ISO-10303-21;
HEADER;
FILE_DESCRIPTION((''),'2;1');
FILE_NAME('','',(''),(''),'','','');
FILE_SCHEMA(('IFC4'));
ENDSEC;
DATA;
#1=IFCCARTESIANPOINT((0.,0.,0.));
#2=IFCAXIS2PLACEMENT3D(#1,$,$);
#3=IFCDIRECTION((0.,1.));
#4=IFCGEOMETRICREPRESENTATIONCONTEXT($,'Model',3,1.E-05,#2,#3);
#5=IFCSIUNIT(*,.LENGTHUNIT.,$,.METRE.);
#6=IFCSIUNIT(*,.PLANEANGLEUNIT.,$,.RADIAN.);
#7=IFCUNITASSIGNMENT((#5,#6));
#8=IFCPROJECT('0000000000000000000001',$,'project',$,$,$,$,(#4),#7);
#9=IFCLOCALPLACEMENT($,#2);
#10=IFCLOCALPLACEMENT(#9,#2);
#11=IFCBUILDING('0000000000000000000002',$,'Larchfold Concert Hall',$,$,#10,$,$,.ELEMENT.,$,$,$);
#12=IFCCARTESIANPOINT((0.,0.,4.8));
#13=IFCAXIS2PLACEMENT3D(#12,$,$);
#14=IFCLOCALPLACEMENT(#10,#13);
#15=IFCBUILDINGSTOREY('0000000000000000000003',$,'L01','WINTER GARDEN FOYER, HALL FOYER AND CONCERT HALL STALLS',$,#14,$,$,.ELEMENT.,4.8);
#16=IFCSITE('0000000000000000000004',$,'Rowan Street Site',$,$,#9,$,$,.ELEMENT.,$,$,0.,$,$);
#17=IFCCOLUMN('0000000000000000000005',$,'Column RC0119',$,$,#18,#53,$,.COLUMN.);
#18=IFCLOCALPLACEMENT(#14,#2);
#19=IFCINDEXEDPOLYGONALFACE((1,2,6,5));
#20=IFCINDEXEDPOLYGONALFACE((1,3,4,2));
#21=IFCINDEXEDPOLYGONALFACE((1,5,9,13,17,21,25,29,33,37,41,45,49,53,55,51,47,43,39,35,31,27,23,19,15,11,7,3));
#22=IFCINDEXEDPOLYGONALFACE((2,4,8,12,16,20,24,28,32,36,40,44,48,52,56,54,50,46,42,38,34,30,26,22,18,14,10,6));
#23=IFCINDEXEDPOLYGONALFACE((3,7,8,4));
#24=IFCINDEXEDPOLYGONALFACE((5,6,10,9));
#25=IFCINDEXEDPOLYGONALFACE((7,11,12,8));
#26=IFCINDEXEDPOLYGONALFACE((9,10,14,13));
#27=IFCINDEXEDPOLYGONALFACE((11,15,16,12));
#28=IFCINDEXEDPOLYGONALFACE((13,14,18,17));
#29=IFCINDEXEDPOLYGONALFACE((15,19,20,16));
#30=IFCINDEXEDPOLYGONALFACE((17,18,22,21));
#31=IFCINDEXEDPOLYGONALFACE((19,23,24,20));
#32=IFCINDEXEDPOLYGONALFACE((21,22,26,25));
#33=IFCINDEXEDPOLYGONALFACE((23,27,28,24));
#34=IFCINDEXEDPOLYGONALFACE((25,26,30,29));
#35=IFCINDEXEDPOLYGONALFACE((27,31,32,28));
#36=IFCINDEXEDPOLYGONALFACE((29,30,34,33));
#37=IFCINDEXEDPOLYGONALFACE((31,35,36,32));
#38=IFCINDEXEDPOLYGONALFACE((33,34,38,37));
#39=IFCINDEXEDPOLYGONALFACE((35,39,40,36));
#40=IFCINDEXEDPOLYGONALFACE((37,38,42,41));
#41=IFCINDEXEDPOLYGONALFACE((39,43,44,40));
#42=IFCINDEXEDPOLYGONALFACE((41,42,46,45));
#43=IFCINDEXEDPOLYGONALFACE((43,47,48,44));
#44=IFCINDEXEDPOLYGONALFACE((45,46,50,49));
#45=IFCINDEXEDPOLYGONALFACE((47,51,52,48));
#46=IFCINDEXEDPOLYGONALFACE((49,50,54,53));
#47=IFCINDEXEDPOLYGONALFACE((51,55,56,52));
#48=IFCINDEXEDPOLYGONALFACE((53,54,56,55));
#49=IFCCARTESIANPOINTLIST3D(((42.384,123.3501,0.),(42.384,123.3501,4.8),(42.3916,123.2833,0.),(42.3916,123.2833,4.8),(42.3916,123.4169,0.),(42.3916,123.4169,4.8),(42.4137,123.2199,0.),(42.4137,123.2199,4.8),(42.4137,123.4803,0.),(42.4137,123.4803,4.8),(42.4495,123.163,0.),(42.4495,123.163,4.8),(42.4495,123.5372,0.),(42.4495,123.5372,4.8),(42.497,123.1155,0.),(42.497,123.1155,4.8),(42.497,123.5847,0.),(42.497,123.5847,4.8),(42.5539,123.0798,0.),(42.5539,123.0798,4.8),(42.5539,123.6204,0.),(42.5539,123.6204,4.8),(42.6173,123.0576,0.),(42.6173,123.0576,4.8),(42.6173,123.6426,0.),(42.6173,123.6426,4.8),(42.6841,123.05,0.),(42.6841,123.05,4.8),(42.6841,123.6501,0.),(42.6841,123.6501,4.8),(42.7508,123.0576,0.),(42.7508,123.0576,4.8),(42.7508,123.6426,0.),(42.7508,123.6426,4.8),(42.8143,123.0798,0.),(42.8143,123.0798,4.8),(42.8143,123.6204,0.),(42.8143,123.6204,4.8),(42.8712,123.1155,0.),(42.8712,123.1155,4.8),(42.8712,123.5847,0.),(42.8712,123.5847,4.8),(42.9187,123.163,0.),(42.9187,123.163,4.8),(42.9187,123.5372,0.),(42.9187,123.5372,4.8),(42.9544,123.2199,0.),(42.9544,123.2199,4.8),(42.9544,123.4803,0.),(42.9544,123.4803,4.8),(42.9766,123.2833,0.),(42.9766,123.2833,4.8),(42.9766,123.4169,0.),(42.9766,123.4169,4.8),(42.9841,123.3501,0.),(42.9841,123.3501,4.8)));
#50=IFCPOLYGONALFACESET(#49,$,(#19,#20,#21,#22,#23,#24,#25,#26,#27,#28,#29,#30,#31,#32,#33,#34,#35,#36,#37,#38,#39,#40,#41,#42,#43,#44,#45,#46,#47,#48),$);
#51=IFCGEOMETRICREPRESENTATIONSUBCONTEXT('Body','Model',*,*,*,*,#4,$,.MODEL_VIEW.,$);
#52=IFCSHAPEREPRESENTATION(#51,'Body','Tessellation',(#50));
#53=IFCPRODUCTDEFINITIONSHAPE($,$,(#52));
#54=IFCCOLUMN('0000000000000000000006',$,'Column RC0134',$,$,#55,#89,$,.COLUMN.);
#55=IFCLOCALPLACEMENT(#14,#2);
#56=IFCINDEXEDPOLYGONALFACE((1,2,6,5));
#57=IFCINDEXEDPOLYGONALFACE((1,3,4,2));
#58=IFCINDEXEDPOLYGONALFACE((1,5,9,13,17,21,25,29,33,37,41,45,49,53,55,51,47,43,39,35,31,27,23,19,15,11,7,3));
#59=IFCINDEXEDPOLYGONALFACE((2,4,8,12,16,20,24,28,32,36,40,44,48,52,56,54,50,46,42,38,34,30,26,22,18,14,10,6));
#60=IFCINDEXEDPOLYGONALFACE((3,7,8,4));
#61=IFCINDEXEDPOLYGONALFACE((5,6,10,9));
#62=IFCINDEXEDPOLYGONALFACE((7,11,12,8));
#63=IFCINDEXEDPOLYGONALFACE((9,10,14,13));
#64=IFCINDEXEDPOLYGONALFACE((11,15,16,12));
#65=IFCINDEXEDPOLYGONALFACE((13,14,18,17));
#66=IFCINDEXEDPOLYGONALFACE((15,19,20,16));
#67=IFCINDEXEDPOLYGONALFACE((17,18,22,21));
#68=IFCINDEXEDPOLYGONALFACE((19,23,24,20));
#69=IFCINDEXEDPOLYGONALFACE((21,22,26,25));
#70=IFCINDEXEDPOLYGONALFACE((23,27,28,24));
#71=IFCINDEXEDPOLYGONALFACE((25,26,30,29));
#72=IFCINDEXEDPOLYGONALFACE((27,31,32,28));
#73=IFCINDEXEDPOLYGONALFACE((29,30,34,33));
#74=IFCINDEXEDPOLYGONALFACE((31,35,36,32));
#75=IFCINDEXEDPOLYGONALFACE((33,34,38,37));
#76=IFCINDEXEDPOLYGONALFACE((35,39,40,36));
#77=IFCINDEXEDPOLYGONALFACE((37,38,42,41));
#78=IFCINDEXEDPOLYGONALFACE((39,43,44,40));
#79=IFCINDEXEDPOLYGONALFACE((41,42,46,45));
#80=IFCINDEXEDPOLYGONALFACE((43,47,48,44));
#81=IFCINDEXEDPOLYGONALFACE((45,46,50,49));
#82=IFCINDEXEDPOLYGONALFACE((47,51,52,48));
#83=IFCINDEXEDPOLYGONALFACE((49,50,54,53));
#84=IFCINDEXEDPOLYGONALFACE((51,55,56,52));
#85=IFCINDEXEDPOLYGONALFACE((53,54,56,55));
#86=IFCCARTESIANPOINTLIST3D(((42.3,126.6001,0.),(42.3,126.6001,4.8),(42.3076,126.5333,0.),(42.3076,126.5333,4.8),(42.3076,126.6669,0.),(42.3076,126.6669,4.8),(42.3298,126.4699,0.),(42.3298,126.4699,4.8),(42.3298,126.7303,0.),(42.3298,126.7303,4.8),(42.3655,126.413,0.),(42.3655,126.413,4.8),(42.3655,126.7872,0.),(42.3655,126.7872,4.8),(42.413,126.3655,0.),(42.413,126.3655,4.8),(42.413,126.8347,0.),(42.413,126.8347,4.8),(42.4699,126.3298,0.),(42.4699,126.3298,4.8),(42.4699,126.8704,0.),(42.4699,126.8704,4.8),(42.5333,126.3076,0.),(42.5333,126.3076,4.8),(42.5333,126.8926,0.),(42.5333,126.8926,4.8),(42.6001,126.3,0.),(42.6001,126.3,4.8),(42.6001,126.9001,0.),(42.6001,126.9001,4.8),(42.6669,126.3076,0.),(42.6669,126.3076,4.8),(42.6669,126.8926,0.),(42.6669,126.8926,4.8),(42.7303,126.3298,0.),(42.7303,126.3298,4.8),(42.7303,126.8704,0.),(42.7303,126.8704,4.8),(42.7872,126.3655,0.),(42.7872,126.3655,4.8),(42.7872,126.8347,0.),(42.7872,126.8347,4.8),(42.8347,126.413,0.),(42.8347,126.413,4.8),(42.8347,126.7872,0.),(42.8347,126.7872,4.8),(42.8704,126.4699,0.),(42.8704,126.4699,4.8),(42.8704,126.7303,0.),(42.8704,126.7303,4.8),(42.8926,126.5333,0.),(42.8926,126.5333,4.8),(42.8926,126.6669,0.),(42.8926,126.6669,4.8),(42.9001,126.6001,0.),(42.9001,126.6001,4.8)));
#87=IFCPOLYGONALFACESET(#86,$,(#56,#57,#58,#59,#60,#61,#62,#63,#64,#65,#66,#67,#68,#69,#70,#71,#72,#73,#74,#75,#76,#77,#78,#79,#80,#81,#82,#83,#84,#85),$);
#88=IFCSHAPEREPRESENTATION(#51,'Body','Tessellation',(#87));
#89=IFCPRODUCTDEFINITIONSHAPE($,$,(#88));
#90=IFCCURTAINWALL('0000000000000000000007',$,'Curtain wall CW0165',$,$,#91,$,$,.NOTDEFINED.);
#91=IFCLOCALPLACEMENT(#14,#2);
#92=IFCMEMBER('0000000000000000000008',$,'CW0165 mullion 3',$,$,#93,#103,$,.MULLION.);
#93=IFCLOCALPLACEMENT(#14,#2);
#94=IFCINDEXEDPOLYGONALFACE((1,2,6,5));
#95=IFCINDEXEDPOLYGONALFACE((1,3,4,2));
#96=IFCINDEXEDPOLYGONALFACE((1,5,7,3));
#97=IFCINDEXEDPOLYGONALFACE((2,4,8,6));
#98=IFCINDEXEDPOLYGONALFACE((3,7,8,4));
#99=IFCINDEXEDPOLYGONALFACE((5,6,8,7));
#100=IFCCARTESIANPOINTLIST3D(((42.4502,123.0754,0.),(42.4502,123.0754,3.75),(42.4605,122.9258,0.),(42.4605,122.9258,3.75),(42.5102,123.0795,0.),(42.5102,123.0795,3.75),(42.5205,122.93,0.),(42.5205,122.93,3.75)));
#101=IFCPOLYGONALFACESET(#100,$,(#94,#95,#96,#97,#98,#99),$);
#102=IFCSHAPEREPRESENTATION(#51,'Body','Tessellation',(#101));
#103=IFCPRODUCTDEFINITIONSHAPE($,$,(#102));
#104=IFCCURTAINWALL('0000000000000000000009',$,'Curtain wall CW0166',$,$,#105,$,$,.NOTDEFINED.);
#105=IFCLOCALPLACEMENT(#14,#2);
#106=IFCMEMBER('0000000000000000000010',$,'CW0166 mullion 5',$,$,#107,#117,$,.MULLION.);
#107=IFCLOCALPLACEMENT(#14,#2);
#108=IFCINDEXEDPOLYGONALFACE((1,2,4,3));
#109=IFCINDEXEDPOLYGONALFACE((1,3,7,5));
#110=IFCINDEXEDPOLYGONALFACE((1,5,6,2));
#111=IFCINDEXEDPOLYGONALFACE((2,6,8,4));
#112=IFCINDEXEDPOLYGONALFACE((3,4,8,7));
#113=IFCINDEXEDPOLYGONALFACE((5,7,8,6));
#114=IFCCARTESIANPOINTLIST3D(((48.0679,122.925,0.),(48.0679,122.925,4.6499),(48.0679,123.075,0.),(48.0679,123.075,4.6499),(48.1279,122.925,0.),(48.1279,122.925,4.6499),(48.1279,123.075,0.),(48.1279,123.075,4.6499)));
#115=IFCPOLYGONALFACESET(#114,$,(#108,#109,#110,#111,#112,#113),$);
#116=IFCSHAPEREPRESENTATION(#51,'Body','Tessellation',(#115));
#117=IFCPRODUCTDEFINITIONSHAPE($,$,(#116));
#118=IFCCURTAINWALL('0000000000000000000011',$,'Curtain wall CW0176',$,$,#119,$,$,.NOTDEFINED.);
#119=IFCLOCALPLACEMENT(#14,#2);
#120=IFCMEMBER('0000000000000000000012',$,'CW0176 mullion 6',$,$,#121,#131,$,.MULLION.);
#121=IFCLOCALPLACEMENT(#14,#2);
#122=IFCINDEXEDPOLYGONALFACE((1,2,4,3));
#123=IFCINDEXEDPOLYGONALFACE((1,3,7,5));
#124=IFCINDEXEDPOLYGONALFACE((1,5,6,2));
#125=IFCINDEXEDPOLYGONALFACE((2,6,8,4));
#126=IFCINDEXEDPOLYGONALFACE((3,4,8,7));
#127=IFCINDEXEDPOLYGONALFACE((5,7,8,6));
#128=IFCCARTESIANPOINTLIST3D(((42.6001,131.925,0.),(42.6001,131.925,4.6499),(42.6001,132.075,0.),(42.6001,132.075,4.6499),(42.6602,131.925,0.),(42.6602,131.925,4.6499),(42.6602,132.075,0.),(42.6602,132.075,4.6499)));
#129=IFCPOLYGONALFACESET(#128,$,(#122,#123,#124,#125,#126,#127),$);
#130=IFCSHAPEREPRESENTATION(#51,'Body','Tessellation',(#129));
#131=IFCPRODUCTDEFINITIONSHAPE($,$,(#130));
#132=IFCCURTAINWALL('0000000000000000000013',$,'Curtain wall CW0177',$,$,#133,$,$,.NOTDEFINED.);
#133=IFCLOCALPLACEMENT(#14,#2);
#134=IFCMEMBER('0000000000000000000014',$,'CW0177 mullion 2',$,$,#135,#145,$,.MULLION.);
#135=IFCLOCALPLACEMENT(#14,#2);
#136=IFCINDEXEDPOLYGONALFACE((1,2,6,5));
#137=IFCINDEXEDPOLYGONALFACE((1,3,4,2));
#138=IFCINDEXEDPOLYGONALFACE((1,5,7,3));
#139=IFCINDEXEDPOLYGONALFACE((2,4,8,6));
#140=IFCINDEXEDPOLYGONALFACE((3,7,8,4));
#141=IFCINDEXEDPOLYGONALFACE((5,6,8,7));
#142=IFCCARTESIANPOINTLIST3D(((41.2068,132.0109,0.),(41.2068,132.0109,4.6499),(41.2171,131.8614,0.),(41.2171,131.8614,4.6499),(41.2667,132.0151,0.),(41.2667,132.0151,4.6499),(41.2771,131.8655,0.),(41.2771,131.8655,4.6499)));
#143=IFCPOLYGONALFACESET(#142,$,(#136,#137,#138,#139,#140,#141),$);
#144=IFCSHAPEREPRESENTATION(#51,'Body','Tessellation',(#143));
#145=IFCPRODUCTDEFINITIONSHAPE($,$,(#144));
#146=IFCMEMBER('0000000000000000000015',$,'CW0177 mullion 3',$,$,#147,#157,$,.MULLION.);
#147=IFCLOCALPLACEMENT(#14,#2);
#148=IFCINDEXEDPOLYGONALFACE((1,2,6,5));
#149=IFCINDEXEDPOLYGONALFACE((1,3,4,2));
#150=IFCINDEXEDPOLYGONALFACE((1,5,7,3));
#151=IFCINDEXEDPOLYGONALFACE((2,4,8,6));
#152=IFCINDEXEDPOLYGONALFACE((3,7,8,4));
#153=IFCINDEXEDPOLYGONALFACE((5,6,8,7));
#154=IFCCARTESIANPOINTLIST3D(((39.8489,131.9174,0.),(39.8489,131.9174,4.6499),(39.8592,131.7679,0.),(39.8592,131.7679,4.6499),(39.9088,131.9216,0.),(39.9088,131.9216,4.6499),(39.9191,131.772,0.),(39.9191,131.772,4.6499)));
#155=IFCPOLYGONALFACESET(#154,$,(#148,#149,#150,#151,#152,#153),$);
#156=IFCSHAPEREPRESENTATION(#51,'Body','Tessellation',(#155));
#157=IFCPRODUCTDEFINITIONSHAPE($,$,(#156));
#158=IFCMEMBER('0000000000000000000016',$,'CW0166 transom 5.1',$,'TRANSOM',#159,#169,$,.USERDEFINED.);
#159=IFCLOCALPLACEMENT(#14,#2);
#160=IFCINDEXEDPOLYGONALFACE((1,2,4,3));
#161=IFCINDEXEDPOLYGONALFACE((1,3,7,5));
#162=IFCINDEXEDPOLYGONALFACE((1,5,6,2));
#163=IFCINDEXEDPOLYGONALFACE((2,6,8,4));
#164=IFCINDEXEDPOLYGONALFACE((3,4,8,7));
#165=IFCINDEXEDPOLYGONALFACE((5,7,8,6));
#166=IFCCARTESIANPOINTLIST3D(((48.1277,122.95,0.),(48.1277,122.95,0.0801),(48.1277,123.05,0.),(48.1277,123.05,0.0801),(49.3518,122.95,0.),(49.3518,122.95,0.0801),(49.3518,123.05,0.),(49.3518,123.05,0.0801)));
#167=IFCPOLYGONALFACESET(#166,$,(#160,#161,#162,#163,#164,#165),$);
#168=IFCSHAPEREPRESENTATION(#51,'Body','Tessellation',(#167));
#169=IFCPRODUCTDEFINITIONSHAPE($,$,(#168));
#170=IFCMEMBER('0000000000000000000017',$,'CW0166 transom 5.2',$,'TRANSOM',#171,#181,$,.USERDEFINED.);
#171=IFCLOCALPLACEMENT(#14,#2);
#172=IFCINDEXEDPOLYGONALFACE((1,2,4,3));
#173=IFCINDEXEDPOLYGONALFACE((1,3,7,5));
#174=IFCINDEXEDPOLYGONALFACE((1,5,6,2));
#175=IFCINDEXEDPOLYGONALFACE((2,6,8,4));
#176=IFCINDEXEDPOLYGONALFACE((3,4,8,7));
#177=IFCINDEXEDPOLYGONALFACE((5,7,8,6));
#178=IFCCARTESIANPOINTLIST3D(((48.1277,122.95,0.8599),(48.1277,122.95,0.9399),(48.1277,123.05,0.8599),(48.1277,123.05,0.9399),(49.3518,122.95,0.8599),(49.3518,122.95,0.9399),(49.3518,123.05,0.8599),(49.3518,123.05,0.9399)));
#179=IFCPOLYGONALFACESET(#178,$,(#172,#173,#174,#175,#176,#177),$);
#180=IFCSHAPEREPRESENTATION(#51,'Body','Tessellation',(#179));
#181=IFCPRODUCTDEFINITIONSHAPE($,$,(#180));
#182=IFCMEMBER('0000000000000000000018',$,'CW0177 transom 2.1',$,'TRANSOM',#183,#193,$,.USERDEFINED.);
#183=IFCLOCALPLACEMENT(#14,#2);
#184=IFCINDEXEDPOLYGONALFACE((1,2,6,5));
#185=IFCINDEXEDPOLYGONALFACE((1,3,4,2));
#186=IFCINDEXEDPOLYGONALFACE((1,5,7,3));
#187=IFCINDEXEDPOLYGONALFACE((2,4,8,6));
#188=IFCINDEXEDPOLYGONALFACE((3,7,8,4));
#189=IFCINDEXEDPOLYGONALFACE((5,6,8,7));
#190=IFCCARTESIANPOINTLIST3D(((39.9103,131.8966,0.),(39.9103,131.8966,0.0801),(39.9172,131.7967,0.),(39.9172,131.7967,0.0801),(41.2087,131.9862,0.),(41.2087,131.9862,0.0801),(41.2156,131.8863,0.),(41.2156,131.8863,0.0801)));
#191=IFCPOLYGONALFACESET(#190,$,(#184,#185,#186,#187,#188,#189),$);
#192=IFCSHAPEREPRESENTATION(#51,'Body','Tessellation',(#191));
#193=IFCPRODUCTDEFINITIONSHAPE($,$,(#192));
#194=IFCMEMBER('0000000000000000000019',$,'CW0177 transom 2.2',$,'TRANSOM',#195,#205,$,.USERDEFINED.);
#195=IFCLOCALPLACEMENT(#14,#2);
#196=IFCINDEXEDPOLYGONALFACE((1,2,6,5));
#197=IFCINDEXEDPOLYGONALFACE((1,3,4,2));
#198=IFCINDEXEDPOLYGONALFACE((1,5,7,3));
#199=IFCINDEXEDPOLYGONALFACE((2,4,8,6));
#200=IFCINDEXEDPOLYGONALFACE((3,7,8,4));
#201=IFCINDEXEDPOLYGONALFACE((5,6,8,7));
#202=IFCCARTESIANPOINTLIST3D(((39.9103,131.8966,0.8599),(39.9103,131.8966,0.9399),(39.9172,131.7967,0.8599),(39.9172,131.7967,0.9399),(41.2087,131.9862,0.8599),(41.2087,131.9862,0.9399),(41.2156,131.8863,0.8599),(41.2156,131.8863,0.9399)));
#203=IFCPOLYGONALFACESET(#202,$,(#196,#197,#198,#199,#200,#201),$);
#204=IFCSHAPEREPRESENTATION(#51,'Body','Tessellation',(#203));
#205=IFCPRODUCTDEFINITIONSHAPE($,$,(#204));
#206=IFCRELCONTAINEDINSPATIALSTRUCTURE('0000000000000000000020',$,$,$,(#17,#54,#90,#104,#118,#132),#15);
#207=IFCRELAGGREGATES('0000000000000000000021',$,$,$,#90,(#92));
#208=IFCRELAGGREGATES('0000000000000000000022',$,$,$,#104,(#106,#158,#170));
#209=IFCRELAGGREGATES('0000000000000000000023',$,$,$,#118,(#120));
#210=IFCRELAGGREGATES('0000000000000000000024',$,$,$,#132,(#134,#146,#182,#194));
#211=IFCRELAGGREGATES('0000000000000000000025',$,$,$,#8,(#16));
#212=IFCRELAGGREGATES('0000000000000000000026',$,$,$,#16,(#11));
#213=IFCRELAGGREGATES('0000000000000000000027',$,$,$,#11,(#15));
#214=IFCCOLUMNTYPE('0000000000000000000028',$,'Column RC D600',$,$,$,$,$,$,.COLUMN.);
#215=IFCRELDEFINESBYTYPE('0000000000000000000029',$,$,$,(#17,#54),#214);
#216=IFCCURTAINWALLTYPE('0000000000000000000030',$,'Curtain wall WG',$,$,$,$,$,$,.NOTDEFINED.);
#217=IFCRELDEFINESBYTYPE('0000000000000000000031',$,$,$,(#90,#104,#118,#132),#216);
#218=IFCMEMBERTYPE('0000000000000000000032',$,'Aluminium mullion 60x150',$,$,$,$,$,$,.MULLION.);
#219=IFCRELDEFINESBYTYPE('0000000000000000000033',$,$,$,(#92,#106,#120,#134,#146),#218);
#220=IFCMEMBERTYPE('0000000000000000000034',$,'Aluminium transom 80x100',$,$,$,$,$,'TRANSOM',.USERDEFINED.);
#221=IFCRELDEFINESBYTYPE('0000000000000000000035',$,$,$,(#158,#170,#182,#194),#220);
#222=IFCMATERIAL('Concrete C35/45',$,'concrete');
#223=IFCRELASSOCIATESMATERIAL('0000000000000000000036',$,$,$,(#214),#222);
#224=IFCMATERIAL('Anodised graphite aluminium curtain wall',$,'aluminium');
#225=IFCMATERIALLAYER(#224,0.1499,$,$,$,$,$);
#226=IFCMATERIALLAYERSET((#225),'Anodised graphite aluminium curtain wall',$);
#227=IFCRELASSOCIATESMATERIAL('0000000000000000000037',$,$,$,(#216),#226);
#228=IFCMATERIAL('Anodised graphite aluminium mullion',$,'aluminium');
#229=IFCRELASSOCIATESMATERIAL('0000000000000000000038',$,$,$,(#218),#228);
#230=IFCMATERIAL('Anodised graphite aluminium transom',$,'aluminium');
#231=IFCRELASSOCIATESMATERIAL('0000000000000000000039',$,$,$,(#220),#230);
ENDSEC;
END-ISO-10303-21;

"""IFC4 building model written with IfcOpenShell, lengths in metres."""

from ifc_helpers import new_model, si_unit, direction, frame, origin, origin_2d, place, context, subcontext, project, spatial, rectangle, circle, extrude, material, layer, layer_set, material_profile, profile_set, type_object, element, aggregate, save


model = new_model("IFC4")

# Units and contexts
model_context = context("Model", 3, precision=1e-05, world=origin(), true_north=direction((0.0, 1.0)))
body_context = subcontext(model_context, "Body", "Model", "MODEL_VIEW")
ifc_project = project(units=[si_unit("LENGTHUNIT", "METRE"), si_unit("PLANEANGLEUNIT", "RADIAN")], contexts=[model_context])

# Site, building, storey
site_placement = place(None, origin())
site = spatial("IfcSite", under=ifc_project, at=site_placement, Name="Rowan Street Site", CompositionType="ELEMENT", RefElevation=0.0)
building_placement = place(site_placement, origin())
building = spatial("IfcBuilding", under=site, at=building_placement, Name="Larchfold Concert Hall", CompositionType="ELEMENT")
storey_placement = place(building_placement, frame((0.0, 0.0, 4.8)))
storey = spatial("IfcBuildingStorey", under=building, at=storey_placement, Name="L01", Description="WINTER GARDEN FOYER, HALL FOYER AND CONCERT HALL STALLS", CompositionType="ELEMENT", Elevation=4.8)

# Columns
ifc_material_1 = material(Name="Concrete C35/45", Category="concrete")
ifc_material_profile_1 = material_profile(ifc_material_1, circle(Radius=0.3, at=origin_2d()))
ifc_profile_set_1 = profile_set([ifc_material_profile_1], Name="Concrete C35/45")
column_type = type_object("IfcColumnType", Name="Column RC D600", PredefinedType="COLUMN", material=ifc_profile_set_1)
for number, where, z_axis, x_axis, name in (
    (1, (42.6841, 123.3501, 0.0), (0.0, 0.0, 1.0), (1.0, 0.0, 0.0), "Column RC0119"),
    (2, (42.6001, 126.6001, 0.0), (0.0, 0.0, 1.0), (1.0, 0.0, 0.0), "Column RC0134"),
):
    element("IfcColumn", number, at=place(storey_placement, frame(where, z_axis=z_axis, x_axis=x_axis)), inside=storey, type_object=column_type, Name=name, PredefinedType="COLUMN", context=body_context, shape_type="SweptSolid", body=[
        extrude(circle(Radius=0.3, at=origin_2d()), origin(), (0.0, 0.0, 1.0), 4.8),
    ])

# Curtain walls, members
ifc_material_2 = material(Name="Anodised graphite aluminium curtain wall", Category="aluminium")
ifc_layer_1 = layer(ifc_material_2, 0.1499)
ifc_layer_set_1 = layer_set([ifc_layer_1], Name="Anodised graphite aluminium curtain wall")
curtain_wall_type = type_object("IfcCurtainWallType", Name="Curtain wall WG", PredefinedType="NOTDEFINED", material=ifc_layer_set_1)
curtain_wall_1_placement = place(storey_placement, origin())
curtain_wall_1 = element("IfcCurtainWall", 3, at=curtain_wall_1_placement, inside=storey, type_object=curtain_wall_type, Name="Curtain wall CW0165", PredefinedType="NOTDEFINED")
ifc_material_3 = material(Name="Anodised graphite aluminium mullion", Category="aluminium")
ifc_material_profile_2 = material_profile(ifc_material_3, rectangle(XDim=0.1499, YDim=0.0601, at=origin_2d()))
ifc_profile_set_2 = profile_set([ifc_material_profile_2], Name="Anodised graphite aluminium mullion")
member_type_1 = type_object("IfcMemberType", Name="Aluminium mullion 60x150", PredefinedType="MULLION", material=ifc_profile_set_2)
member_1_placement = place(storey_placement, frame((42.4854, 123.0027, 0.0), z_axis=(0.0, 0.0, 1.0), x_axis=(-0.0687, 0.997637, 0.0)))
member_1 = element("IfcMember", 4, at=member_1_placement, type_object=member_type_1, Name="CW0165 mullion 3", PredefinedType="MULLION", context=body_context, shape_type="SweptSolid", body=[
    extrude(rectangle(XDim=0.1499, YDim=0.0601, at=origin_2d()), origin(), (0.0, 0.0, 1.0), 3.75),
])
aggregate(curtain_wall_1, [member_1])
curtain_wall_2_placement = place(storey_placement, origin())
curtain_wall_2 = element("IfcCurtainWall", 5, at=curtain_wall_2_placement, inside=storey, type_object=curtain_wall_type, Name="Curtain wall CW0166", PredefinedType="NOTDEFINED")
member_2_placement = place(storey_placement, frame((48.0979, 123.0, 0.0), z_axis=(0.0, 0.0, 1.0), x_axis=(0.0, 1.0, 0.0)))
member_2 = element("IfcMember", 6, at=member_2_placement, type_object=member_type_1, Name="CW0166 mullion 5", PredefinedType="MULLION", context=body_context, shape_type="SweptSolid", body=[
    extrude(rectangle(XDim=0.1499, YDim=0.0601, at=origin_2d()), origin(), (0.0, 0.0, 1.0), 4.6499),
])
curtain_wall_3_placement = place(storey_placement, origin())
curtain_wall_3 = element("IfcCurtainWall", 7, at=curtain_wall_3_placement, inside=storey, type_object=curtain_wall_type, Name="Curtain wall CW0176", PredefinedType="NOTDEFINED")
member_3_placement = place(storey_placement, frame((42.6301, 132.0, 0.0), z_axis=(0.0, 0.0, 1.0), x_axis=(0.0, -1.0, 0.0)))
member_3 = element("IfcMember", 8, at=member_3_placement, type_object=member_type_1, Name="CW0176 mullion 6", PredefinedType="MULLION", context=body_context, shape_type="SweptSolid", body=[
    extrude(rectangle(XDim=0.1499, YDim=0.0601, at=origin_2d()), origin(), (0.0, 0.0, 1.0), 4.6499),
])

# Curtain wall, members
curtain_wall_4_placement = place(storey_placement, origin())
curtain_wall_4 = element("IfcCurtainWall", 9, at=curtain_wall_4_placement, inside=storey, type_object=curtain_wall_type, Name="Curtain wall CW0177", PredefinedType="NOTDEFINED")
member_4_placement = place(storey_placement, frame((41.2419, 131.9382, 0.0), z_axis=(0.0, 0.0, 1.0), x_axis=(0.068808, -0.99763, 0.0)))
member_4 = element("IfcMember", 10, at=member_4_placement, type_object=member_type_1, Name="CW0177 mullion 2", PredefinedType="MULLION", context=body_context, shape_type="SweptSolid", body=[
    extrude(rectangle(XDim=0.1499, YDim=0.0601, at=origin_2d()), origin(), (0.0, 0.0, 1.0), 4.6499),
])
member_5_placement = place(storey_placement, frame((39.884, 131.8447, 0.0), z_axis=(0.0, 0.0, 1.0), x_axis=(0.068808, -0.99763, 0.0)))
member_5 = element("IfcMember", 11, at=member_5_placement, type_object=member_type_1, Name="CW0177 mullion 3", PredefinedType="MULLION", context=body_context, shape_type="SweptSolid", body=[
    extrude(rectangle(XDim=0.1499, YDim=0.0601, at=origin_2d()), origin(), (0.0, 0.0, 1.0), 4.6499),
])

# Members
ifc_material_4 = material(Name="Anodised graphite aluminium transom", Category="aluminium")
ifc_material_profile_3 = material_profile(ifc_material_4, rectangle(XDim=0.1001, YDim=0.0801, at=origin_2d()))
ifc_profile_set_3 = profile_set([ifc_material_profile_3], Name="Anodised graphite aluminium transom")
member_type_2 = type_object("IfcMemberType", Name="Aluminium transom 80x100", ElementType="TRANSOM", PredefinedType="USERDEFINED", material=ifc_profile_set_3)
member_6_placement = place(storey_placement, frame((48.1277, 123.0, 0.04), z_axis=(1.0, 0.0, 0.0), x_axis=(0.0, 1.0, 0.0)))
member_6 = element("IfcMember", 12, at=member_6_placement, type_object=member_type_2, Name="CW0166 transom 5.1", ObjectType="TRANSOM", PredefinedType="USERDEFINED", context=body_context, shape_type="SweptSolid", body=[
    extrude(rectangle(XDim=0.1001, YDim=0.0801, at=origin_2d()), origin(), (0.0, 0.0, 1.0), 1.2241),
])
member_7_placement = place(storey_placement, frame((48.1277, 123.0, 0.8999), z_axis=(1.0, 0.0, 0.0), x_axis=(0.0, 1.0, 0.0)))
member_7 = element("IfcMember", 13, at=member_7_placement, type_object=member_type_2, Name="CW0166 transom 5.2", ObjectType="TRANSOM", PredefinedType="USERDEFINED", context=body_context, shape_type="SweptSolid", body=[
    extrude(rectangle(XDim=0.1001, YDim=0.0801, at=origin_2d()), origin(), (0.0, 0.0, 1.0), 1.2241),
])
member_8_placement = place(storey_placement, frame((41.2122, 131.9363, 0.04), z_axis=(-0.997627, -0.068847, 0.0), x_axis=(0.068847, -0.997627, 0.0)))
member_8 = element("IfcMember", 14, at=member_8_placement, type_object=member_type_2, Name="CW0177 transom 2.1", ObjectType="TRANSOM", PredefinedType="USERDEFINED", context=body_context, shape_type="SweptSolid", body=[
    extrude(rectangle(XDim=0.1001, YDim=0.0801, at=origin_2d()), origin(), (0.0, 0.0, 1.0), 1.3015),
])
member_9_placement = place(storey_placement, frame((41.2122, 131.9363, 0.8999), z_axis=(-0.997627, -0.068847, 0.0), x_axis=(0.068847, -0.997627, 0.0)))
member_9 = element("IfcMember", 15, at=member_9_placement, type_object=member_type_2, Name="CW0177 transom 2.2", ObjectType="TRANSOM", PredefinedType="USERDEFINED", context=body_context, shape_type="SweptSolid", body=[
    extrude(rectangle(XDim=0.1001, YDim=0.0801, at=origin_2d()), origin(), (0.0, 0.0, 1.0), 1.3015),
])

aggregate(curtain_wall_2, [member_2, member_6, member_7])
aggregate(curtain_wall_3, [member_3])
aggregate(curtain_wall_4, [member_4, member_5, member_8, member_9])

save(model, "model.ifc")
